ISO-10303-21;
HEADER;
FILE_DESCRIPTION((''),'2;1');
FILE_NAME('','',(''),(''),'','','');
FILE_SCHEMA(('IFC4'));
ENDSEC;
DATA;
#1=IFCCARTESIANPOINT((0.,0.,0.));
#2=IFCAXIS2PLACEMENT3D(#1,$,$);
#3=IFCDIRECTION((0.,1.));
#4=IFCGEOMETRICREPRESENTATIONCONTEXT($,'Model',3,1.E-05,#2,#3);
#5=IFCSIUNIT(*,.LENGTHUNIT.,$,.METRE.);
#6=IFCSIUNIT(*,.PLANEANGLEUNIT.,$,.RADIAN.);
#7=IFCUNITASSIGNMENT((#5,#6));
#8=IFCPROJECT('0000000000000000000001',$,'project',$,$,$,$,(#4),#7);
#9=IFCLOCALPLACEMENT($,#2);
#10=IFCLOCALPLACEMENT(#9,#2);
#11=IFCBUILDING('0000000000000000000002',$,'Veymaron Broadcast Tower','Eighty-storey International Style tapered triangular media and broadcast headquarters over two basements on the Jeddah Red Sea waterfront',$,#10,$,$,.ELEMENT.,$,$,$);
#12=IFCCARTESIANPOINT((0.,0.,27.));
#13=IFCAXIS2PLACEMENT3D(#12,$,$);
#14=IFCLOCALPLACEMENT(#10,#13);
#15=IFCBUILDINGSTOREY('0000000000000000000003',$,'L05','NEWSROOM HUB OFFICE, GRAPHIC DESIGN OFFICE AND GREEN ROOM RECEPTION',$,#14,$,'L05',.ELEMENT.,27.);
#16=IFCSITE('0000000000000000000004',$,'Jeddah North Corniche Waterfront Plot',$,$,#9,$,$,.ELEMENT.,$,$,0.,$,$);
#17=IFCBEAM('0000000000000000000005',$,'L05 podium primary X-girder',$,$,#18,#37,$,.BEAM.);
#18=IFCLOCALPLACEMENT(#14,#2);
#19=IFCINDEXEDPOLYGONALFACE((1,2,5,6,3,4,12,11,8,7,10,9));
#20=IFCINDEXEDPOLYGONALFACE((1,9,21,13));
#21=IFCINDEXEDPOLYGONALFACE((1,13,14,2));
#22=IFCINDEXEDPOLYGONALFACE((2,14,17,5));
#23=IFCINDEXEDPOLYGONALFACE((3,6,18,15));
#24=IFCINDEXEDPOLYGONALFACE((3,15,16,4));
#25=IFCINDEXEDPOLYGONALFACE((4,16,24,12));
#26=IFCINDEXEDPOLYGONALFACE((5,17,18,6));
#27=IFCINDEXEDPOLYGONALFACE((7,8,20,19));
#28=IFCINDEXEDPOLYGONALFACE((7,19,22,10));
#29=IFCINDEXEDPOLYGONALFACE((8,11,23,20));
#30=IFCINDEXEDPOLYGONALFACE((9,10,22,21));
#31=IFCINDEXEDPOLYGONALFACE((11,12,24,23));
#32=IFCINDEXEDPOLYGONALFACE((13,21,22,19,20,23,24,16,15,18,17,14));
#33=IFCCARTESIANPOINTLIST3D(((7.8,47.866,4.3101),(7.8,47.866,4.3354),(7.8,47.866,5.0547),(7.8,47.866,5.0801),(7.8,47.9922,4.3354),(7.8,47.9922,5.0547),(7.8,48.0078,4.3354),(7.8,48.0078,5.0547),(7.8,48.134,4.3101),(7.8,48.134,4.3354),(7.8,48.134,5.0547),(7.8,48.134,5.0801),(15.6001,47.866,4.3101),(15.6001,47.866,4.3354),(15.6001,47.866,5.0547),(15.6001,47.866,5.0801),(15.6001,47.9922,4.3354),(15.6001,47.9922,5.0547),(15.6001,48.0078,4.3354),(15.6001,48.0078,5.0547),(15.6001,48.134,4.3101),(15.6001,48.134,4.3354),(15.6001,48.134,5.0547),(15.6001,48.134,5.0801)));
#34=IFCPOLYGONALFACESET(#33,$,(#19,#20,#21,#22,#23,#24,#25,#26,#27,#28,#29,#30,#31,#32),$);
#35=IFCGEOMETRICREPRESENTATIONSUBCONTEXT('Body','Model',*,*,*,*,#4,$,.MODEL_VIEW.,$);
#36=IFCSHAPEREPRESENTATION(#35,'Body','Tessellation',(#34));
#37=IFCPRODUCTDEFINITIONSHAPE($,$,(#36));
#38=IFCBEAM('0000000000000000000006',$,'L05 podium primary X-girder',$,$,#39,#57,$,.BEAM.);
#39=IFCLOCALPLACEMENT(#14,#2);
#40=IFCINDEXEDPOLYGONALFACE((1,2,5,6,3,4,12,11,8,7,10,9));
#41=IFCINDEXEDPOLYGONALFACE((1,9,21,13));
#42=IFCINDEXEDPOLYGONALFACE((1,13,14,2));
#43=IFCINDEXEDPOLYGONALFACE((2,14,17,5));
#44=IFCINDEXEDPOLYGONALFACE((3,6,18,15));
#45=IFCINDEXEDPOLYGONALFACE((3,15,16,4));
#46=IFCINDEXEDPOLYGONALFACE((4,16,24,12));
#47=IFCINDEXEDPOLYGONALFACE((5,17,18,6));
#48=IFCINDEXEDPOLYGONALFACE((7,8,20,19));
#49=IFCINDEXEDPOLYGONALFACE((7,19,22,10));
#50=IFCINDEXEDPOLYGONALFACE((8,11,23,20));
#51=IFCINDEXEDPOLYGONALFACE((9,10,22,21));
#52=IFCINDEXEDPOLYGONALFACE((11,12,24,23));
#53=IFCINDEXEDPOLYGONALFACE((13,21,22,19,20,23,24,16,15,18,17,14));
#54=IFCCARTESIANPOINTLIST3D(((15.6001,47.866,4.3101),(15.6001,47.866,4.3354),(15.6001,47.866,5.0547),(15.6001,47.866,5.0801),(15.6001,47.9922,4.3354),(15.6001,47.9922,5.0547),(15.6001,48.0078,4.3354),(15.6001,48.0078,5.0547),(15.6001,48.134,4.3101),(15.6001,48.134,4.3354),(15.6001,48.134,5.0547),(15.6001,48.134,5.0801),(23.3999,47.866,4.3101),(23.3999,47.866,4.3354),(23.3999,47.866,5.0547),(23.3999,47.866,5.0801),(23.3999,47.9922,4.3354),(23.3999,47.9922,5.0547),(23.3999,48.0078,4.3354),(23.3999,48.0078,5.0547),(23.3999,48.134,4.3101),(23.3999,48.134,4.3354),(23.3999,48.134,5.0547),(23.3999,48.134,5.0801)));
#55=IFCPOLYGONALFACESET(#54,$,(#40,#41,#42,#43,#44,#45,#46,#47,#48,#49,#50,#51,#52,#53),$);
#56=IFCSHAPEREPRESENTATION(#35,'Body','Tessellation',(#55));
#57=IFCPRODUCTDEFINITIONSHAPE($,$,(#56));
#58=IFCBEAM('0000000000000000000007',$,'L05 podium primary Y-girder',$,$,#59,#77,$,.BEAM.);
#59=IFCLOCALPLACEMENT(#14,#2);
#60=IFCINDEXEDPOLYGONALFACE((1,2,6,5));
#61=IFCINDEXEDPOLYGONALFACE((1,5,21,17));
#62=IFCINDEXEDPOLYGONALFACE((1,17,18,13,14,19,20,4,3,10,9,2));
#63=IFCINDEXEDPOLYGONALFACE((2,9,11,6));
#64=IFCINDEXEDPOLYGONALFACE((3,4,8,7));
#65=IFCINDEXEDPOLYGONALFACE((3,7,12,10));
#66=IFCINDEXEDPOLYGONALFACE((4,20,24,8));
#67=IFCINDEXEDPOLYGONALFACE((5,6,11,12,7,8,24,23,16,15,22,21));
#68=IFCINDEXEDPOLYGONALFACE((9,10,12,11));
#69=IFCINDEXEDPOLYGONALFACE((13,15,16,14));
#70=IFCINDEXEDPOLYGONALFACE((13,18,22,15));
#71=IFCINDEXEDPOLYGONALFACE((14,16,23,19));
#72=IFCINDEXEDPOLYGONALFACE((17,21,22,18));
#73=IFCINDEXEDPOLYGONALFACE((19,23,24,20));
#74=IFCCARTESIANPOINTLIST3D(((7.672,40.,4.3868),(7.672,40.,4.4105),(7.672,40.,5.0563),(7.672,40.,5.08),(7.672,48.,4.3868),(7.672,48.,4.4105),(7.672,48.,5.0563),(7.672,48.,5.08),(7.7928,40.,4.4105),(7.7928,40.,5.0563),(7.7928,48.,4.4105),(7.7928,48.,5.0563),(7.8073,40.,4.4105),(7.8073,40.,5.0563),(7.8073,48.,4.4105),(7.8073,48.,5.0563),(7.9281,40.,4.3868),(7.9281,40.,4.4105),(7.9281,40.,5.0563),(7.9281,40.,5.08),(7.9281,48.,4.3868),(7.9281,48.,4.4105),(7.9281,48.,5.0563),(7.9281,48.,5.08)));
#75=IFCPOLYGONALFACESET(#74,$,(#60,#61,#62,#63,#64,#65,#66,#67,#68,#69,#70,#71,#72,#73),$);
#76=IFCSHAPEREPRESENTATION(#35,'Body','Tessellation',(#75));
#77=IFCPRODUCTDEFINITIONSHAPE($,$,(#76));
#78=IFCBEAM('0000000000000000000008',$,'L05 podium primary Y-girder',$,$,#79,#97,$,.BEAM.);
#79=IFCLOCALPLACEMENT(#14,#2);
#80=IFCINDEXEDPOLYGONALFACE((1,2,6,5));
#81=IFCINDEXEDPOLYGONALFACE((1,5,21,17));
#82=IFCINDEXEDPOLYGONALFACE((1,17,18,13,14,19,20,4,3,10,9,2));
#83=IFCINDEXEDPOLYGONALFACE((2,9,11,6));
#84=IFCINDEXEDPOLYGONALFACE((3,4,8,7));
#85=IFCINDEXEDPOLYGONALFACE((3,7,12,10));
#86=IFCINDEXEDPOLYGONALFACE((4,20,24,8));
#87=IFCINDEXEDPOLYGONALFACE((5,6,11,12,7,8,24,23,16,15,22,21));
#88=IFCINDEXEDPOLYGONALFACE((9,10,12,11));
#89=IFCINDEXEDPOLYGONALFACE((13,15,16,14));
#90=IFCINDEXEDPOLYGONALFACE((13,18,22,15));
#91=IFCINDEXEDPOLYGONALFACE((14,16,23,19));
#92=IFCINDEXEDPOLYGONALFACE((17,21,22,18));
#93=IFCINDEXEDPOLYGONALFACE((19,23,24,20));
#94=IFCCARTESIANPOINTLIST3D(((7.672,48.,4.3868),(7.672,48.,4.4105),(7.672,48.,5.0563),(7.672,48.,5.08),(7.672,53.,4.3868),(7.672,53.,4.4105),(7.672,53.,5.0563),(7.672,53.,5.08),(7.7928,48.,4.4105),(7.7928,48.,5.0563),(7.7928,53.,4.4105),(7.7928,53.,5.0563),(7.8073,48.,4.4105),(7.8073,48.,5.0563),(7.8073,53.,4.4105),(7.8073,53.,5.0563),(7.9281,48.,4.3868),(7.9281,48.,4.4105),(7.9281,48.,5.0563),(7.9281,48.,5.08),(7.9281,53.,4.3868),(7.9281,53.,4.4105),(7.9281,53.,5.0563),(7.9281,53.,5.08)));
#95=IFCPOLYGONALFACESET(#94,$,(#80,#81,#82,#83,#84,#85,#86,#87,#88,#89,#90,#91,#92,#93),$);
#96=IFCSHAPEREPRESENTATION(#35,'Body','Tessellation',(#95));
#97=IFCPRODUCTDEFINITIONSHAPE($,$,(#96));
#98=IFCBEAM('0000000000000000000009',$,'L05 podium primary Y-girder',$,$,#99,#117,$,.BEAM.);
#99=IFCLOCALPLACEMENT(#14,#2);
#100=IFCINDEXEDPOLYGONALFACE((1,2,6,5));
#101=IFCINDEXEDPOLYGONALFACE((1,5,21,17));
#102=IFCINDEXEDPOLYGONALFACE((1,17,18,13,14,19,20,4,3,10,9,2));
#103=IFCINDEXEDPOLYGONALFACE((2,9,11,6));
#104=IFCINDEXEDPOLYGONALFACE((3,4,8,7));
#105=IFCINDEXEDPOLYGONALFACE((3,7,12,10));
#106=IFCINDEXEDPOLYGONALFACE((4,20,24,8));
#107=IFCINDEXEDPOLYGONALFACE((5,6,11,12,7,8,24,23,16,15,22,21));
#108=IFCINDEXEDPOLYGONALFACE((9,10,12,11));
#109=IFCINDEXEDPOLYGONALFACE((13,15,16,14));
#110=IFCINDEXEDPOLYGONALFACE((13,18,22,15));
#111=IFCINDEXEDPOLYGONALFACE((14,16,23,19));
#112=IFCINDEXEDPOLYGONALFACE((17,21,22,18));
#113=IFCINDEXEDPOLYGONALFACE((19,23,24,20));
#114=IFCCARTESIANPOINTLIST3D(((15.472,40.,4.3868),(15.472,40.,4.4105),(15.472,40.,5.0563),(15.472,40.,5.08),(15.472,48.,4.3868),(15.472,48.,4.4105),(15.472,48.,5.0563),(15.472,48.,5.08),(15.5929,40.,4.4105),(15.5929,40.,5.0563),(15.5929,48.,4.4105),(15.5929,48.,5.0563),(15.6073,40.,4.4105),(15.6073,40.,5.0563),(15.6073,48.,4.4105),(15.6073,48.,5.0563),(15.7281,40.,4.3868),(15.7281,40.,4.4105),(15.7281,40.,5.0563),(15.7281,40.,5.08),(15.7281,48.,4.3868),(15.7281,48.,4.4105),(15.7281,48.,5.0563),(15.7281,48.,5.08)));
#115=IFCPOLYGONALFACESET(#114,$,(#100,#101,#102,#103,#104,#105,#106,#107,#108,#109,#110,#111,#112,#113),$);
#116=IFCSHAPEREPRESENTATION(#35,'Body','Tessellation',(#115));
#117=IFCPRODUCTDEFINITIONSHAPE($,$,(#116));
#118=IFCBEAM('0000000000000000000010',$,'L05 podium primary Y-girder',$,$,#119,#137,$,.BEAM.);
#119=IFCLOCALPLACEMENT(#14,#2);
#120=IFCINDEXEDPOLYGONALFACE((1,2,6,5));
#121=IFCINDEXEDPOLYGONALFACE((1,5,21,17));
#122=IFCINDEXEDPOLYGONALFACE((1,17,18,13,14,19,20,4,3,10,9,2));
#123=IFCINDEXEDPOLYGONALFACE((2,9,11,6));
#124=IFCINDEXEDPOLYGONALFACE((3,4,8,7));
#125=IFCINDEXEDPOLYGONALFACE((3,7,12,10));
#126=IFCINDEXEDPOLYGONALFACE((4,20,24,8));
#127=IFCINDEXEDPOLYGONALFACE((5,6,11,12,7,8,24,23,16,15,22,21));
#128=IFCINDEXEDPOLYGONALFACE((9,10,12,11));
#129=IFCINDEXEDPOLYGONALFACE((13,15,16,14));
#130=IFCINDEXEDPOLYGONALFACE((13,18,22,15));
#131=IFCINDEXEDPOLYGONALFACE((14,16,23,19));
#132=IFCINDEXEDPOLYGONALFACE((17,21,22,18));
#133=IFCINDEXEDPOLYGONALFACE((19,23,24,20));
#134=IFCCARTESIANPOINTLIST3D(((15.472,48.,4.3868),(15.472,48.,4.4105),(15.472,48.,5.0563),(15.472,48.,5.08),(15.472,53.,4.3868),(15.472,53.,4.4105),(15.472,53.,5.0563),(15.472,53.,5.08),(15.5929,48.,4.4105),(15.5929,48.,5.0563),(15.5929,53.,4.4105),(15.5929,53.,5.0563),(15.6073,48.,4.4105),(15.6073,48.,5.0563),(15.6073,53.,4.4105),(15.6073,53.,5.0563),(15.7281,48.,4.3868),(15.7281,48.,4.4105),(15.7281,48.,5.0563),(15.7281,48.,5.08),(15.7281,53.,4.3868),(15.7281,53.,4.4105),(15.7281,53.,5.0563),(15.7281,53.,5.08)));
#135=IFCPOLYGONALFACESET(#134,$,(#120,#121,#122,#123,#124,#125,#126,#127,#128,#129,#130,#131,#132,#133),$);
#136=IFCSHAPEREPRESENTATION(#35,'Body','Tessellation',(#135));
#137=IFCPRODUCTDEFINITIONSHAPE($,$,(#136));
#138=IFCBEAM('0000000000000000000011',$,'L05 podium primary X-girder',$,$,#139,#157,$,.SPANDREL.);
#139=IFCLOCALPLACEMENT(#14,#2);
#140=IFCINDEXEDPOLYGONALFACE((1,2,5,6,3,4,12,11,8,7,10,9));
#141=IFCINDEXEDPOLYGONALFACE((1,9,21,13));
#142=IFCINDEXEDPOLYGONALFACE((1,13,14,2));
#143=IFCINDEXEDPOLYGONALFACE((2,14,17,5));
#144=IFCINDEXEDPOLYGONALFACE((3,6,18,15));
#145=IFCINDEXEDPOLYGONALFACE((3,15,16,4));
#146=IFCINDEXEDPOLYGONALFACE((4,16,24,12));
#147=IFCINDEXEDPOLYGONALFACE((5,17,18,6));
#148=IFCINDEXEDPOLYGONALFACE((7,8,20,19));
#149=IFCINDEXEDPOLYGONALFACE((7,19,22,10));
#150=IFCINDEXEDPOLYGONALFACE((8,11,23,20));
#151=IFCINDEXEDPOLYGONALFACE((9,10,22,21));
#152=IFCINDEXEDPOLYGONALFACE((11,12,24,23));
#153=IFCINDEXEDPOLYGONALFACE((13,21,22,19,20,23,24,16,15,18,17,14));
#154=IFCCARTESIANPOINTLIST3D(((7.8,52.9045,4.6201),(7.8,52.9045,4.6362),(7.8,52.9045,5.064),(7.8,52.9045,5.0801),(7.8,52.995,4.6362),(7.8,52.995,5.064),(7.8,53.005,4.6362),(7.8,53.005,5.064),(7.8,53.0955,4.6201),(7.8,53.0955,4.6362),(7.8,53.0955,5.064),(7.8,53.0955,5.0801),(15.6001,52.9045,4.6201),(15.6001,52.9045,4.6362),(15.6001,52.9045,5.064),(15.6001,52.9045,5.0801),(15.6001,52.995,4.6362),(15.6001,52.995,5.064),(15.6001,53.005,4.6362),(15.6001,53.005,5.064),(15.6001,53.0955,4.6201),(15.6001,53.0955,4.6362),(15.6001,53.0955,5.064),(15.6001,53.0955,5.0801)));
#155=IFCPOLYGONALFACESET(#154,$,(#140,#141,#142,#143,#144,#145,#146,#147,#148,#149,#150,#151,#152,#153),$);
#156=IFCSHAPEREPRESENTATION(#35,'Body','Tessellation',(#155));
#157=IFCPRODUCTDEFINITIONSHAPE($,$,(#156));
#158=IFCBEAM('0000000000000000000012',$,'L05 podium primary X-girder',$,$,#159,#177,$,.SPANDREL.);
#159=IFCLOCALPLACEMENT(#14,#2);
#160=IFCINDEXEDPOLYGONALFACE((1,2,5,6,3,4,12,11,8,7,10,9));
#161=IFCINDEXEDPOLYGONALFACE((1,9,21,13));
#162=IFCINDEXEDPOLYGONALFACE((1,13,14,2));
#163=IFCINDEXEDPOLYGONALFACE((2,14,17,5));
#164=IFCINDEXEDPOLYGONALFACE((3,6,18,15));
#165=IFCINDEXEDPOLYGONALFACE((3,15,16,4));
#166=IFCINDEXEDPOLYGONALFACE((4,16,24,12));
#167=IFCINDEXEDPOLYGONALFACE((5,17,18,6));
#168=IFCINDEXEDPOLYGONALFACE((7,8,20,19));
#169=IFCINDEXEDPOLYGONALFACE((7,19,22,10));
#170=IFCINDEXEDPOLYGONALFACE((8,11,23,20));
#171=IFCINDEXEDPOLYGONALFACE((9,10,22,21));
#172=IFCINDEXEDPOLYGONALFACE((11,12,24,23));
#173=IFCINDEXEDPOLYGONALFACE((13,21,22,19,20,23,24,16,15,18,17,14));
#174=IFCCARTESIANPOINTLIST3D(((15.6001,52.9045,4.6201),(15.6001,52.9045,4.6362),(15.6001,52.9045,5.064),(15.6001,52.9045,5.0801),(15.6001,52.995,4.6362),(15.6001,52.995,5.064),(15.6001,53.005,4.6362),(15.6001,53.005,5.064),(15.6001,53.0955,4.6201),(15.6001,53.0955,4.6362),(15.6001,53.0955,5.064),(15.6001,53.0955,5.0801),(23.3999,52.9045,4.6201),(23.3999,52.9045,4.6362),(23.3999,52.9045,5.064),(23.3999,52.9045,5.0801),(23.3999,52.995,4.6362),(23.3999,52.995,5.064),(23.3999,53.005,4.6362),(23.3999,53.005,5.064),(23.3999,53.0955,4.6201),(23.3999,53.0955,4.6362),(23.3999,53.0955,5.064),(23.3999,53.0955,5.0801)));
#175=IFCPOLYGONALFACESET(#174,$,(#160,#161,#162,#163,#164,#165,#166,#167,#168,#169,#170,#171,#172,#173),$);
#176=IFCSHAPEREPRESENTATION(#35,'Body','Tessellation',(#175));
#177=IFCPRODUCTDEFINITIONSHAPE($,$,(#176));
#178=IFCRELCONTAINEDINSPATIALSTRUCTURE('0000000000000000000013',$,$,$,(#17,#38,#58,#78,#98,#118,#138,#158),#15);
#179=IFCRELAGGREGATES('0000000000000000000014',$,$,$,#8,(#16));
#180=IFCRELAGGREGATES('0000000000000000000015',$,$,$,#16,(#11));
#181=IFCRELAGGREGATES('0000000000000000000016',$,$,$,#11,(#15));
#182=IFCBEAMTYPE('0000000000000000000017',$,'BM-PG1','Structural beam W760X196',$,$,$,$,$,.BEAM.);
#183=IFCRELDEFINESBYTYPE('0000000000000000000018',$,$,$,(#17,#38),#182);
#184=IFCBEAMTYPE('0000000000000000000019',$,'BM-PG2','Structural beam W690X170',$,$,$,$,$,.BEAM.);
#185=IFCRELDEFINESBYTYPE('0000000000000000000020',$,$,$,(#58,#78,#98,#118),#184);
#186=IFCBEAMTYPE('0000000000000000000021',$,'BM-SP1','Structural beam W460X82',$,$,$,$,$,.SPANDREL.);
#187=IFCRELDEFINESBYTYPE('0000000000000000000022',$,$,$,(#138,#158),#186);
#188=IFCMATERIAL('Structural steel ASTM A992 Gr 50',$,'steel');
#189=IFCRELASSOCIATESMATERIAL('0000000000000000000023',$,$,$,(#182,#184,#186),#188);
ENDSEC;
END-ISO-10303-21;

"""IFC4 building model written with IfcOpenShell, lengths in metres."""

from ifc_helpers import new_model, si_unit, direction, frame, origin, origin_2d, place, context, subcontext, project, spatial, i_section, extrude, material, material_profile, profile_set, type_object, element, save


model = new_model("IFC4")

# Units and contexts
model_context = context("Model", 3, precision=1e-05, world=origin(), true_north=direction((0.0, 1.0)))
body_context = subcontext(model_context, "Body", "Model", "MODEL_VIEW")
ifc_project = project(units=[si_unit("LENGTHUNIT", "METRE"), si_unit("PLANEANGLEUNIT", "RADIAN")], contexts=[model_context])

# Site, building, storey
site_placement = place(None, origin())
site = spatial("IfcSite", under=ifc_project, at=site_placement, Name="Jeddah North Corniche Waterfront Plot", CompositionType="ELEMENT", RefElevation=0.0)
building_placement = place(site_placement, origin())
building = spatial("IfcBuilding", under=site, at=building_placement, Name="Veymaron Broadcast Tower", Description="Eighty-storey International Style tapered triangular media and broadcast headquarters over two basements on the Jeddah Red Sea waterfront", CompositionType="ELEMENT")
storey_placement = place(building_placement, frame((0.0, 0.0, 27.0)))
storey = spatial("IfcBuildingStorey", under=building, at=storey_placement, Name="L05", Description="NEWSROOM HUB OFFICE, GRAPHIC DESIGN OFFICE AND GREEN ROOM RECEPTION", LongName="L05", CompositionType="ELEMENT", Elevation=27.0)

# Beams
ifc_material_1 = material(Name="Structural steel ASTM A992 Gr 50", Category="steel")
ifc_material_profile_1 = material_profile(ifc_material_1, i_section(OverallWidth=0.2681, OverallDepth=0.77, WebThickness=0.0156, FlangeThickness=0.0254, at=origin_2d()), Name="W760X196")
ifc_profile_set_1 = profile_set([ifc_material_profile_1], Name="Structural steel ASTM A992 Gr 50")
beam_type_1 = type_object("IfcBeamType", Name="BM-PG1", Description="Structural beam W760X196", PredefinedType="BEAM", material=ifc_profile_set_1)
beam_1_placement = place(storey_placement, frame((7.8, 48.0, 4.6951), z_axis=(1.0, 0.0, 0.0), x_axis=(0.0, 1.0, 0.0)))
element("IfcBeam", 1, at=beam_1_placement, inside=storey, type_object=beam_type_1, Name="L05 podium primary X-girder", PredefinedType="BEAM", context=body_context, shape_type="SweptSolid", body=[
    extrude(i_section(OverallWidth=0.2681, OverallDepth=0.77, WebThickness=0.0156, FlangeThickness=0.0254, at=origin_2d()), origin(), (0.0, 0.0, 1.0), 7.8),
])
beam_2_placement = place(storey_placement, frame((15.6001, 48.0, 4.6951), z_axis=(1.0, 0.0, 0.0), x_axis=(0.0, 1.0, 0.0)))
element("IfcBeam", 2, at=beam_2_placement, inside=storey, type_object=beam_type_1, Name="L05 podium primary X-girder", PredefinedType="BEAM", context=body_context, shape_type="SweptSolid", body=[
    extrude(i_section(OverallWidth=0.2681, OverallDepth=0.77, WebThickness=0.0156, FlangeThickness=0.0254, at=origin_2d()), origin(), (0.0, 0.0, 1.0), 7.7998),
])
ifc_material_profile_2 = material_profile(ifc_material_1, i_section(OverallWidth=0.2561, OverallDepth=0.6931, WebThickness=0.0144, FlangeThickness=0.0237, at=origin_2d()), Name="W690X170")
ifc_profile_set_2 = profile_set([ifc_material_profile_2], Name="Structural steel ASTM A992 Gr 50")
beam_type_2 = type_object("IfcBeamType", Name="BM-PG2", Description="Structural beam W690X170", PredefinedType="BEAM", material=ifc_profile_set_2)
beam_3_placement = place(storey_placement, frame((7.8, 40.0, 4.7334), z_axis=(0.0, 1.0, 0.0), x_axis=(-1.0, 0.0, 0.0)))
element("IfcBeam", 3, at=beam_3_placement, inside=storey, type_object=beam_type_2, Name="L05 podium primary Y-girder", PredefinedType="BEAM", context=body_context, shape_type="SweptSolid", body=[
    extrude(i_section(OverallWidth=0.2561, OverallDepth=0.6931, WebThickness=0.0144, FlangeThickness=0.0237, at=origin_2d()), origin(), (0.0, 0.0, 1.0), 8.0),
])
beam_4_placement = place(storey_placement, frame((7.8, 48.0, 4.7334), z_axis=(0.0, 1.0, 0.0), x_axis=(-1.0, 0.0, 0.0)))
element("IfcBeam", 4, at=beam_4_placement, inside=storey, type_object=beam_type_2, Name="L05 podium primary Y-girder", PredefinedType="BEAM", context=body_context, shape_type="SweptSolid", body=[
    extrude(i_section(OverallWidth=0.2561, OverallDepth=0.6931, WebThickness=0.0144, FlangeThickness=0.0237, at=origin_2d()), origin(), (0.0, 0.0, 1.0), 5.0),
])
beam_5_placement = place(storey_placement, frame((15.6001, 40.0, 4.7334), z_axis=(0.0, 1.0, 0.0), x_axis=(-1.0, 0.0, 0.0)))
element("IfcBeam", 5, at=beam_5_placement, inside=storey, type_object=beam_type_2, Name="L05 podium primary Y-girder", PredefinedType="BEAM", context=body_context, shape_type="SweptSolid", body=[
    extrude(i_section(OverallWidth=0.2561, OverallDepth=0.6931, WebThickness=0.0144, FlangeThickness=0.0237, at=origin_2d()), origin(), (0.0, 0.0, 1.0), 8.0),
])
beam_6_placement = place(storey_placement, frame((15.6001, 48.0, 4.7334), z_axis=(0.0, 1.0, 0.0), x_axis=(-1.0, 0.0, 0.0)))
element("IfcBeam", 6, at=beam_6_placement, inside=storey, type_object=beam_type_2, Name="L05 podium primary Y-girder", PredefinedType="BEAM", context=body_context, shape_type="SweptSolid", body=[
    extrude(i_section(OverallWidth=0.2561, OverallDepth=0.6931, WebThickness=0.0144, FlangeThickness=0.0237, at=origin_2d()), origin(), (0.0, 0.0, 1.0), 5.0),
])
ifc_material_profile_3 = material_profile(ifc_material_1, i_section(OverallWidth=0.1909, OverallDepth=0.46, WebThickness=0.01, FlangeThickness=0.0161, at=origin_2d()), Name="W460X82")
ifc_profile_set_3 = profile_set([ifc_material_profile_3], Name="Structural steel ASTM A992 Gr 50")
beam_type_3 = type_object("IfcBeamType", Name="BM-SP1", Description="Structural beam W460X82", PredefinedType="SPANDREL", material=ifc_profile_set_3)
beam_7_placement = place(storey_placement, frame((7.8, 53.0, 4.8501), z_axis=(1.0, 0.0, 0.0), x_axis=(0.0, 1.0, 0.0)))
element("IfcBeam", 7, at=beam_7_placement, inside=storey, type_object=beam_type_3, Name="L05 podium primary X-girder", PredefinedType="SPANDREL", context=body_context, shape_type="SweptSolid", body=[
    extrude(i_section(OverallWidth=0.1909, OverallDepth=0.46, WebThickness=0.01, FlangeThickness=0.0161, at=origin_2d()), origin(), (0.0, 0.0, 1.0), 7.8),
])
beam_8_placement = place(storey_placement, frame((15.6001, 53.0, 4.8501), z_axis=(1.0, 0.0, 0.0), x_axis=(0.0, 1.0, 0.0)))
element("IfcBeam", 8, at=beam_8_placement, inside=storey, type_object=beam_type_3, Name="L05 podium primary X-girder", PredefinedType="SPANDREL", context=body_context, shape_type="SweptSolid", body=[
    extrude(i_section(OverallWidth=0.1909, OverallDepth=0.46, WebThickness=0.01, FlangeThickness=0.0161, at=origin_2d()), origin(), (0.0, 0.0, 1.0), 7.7998),
])

save(model, "model.ifc")
